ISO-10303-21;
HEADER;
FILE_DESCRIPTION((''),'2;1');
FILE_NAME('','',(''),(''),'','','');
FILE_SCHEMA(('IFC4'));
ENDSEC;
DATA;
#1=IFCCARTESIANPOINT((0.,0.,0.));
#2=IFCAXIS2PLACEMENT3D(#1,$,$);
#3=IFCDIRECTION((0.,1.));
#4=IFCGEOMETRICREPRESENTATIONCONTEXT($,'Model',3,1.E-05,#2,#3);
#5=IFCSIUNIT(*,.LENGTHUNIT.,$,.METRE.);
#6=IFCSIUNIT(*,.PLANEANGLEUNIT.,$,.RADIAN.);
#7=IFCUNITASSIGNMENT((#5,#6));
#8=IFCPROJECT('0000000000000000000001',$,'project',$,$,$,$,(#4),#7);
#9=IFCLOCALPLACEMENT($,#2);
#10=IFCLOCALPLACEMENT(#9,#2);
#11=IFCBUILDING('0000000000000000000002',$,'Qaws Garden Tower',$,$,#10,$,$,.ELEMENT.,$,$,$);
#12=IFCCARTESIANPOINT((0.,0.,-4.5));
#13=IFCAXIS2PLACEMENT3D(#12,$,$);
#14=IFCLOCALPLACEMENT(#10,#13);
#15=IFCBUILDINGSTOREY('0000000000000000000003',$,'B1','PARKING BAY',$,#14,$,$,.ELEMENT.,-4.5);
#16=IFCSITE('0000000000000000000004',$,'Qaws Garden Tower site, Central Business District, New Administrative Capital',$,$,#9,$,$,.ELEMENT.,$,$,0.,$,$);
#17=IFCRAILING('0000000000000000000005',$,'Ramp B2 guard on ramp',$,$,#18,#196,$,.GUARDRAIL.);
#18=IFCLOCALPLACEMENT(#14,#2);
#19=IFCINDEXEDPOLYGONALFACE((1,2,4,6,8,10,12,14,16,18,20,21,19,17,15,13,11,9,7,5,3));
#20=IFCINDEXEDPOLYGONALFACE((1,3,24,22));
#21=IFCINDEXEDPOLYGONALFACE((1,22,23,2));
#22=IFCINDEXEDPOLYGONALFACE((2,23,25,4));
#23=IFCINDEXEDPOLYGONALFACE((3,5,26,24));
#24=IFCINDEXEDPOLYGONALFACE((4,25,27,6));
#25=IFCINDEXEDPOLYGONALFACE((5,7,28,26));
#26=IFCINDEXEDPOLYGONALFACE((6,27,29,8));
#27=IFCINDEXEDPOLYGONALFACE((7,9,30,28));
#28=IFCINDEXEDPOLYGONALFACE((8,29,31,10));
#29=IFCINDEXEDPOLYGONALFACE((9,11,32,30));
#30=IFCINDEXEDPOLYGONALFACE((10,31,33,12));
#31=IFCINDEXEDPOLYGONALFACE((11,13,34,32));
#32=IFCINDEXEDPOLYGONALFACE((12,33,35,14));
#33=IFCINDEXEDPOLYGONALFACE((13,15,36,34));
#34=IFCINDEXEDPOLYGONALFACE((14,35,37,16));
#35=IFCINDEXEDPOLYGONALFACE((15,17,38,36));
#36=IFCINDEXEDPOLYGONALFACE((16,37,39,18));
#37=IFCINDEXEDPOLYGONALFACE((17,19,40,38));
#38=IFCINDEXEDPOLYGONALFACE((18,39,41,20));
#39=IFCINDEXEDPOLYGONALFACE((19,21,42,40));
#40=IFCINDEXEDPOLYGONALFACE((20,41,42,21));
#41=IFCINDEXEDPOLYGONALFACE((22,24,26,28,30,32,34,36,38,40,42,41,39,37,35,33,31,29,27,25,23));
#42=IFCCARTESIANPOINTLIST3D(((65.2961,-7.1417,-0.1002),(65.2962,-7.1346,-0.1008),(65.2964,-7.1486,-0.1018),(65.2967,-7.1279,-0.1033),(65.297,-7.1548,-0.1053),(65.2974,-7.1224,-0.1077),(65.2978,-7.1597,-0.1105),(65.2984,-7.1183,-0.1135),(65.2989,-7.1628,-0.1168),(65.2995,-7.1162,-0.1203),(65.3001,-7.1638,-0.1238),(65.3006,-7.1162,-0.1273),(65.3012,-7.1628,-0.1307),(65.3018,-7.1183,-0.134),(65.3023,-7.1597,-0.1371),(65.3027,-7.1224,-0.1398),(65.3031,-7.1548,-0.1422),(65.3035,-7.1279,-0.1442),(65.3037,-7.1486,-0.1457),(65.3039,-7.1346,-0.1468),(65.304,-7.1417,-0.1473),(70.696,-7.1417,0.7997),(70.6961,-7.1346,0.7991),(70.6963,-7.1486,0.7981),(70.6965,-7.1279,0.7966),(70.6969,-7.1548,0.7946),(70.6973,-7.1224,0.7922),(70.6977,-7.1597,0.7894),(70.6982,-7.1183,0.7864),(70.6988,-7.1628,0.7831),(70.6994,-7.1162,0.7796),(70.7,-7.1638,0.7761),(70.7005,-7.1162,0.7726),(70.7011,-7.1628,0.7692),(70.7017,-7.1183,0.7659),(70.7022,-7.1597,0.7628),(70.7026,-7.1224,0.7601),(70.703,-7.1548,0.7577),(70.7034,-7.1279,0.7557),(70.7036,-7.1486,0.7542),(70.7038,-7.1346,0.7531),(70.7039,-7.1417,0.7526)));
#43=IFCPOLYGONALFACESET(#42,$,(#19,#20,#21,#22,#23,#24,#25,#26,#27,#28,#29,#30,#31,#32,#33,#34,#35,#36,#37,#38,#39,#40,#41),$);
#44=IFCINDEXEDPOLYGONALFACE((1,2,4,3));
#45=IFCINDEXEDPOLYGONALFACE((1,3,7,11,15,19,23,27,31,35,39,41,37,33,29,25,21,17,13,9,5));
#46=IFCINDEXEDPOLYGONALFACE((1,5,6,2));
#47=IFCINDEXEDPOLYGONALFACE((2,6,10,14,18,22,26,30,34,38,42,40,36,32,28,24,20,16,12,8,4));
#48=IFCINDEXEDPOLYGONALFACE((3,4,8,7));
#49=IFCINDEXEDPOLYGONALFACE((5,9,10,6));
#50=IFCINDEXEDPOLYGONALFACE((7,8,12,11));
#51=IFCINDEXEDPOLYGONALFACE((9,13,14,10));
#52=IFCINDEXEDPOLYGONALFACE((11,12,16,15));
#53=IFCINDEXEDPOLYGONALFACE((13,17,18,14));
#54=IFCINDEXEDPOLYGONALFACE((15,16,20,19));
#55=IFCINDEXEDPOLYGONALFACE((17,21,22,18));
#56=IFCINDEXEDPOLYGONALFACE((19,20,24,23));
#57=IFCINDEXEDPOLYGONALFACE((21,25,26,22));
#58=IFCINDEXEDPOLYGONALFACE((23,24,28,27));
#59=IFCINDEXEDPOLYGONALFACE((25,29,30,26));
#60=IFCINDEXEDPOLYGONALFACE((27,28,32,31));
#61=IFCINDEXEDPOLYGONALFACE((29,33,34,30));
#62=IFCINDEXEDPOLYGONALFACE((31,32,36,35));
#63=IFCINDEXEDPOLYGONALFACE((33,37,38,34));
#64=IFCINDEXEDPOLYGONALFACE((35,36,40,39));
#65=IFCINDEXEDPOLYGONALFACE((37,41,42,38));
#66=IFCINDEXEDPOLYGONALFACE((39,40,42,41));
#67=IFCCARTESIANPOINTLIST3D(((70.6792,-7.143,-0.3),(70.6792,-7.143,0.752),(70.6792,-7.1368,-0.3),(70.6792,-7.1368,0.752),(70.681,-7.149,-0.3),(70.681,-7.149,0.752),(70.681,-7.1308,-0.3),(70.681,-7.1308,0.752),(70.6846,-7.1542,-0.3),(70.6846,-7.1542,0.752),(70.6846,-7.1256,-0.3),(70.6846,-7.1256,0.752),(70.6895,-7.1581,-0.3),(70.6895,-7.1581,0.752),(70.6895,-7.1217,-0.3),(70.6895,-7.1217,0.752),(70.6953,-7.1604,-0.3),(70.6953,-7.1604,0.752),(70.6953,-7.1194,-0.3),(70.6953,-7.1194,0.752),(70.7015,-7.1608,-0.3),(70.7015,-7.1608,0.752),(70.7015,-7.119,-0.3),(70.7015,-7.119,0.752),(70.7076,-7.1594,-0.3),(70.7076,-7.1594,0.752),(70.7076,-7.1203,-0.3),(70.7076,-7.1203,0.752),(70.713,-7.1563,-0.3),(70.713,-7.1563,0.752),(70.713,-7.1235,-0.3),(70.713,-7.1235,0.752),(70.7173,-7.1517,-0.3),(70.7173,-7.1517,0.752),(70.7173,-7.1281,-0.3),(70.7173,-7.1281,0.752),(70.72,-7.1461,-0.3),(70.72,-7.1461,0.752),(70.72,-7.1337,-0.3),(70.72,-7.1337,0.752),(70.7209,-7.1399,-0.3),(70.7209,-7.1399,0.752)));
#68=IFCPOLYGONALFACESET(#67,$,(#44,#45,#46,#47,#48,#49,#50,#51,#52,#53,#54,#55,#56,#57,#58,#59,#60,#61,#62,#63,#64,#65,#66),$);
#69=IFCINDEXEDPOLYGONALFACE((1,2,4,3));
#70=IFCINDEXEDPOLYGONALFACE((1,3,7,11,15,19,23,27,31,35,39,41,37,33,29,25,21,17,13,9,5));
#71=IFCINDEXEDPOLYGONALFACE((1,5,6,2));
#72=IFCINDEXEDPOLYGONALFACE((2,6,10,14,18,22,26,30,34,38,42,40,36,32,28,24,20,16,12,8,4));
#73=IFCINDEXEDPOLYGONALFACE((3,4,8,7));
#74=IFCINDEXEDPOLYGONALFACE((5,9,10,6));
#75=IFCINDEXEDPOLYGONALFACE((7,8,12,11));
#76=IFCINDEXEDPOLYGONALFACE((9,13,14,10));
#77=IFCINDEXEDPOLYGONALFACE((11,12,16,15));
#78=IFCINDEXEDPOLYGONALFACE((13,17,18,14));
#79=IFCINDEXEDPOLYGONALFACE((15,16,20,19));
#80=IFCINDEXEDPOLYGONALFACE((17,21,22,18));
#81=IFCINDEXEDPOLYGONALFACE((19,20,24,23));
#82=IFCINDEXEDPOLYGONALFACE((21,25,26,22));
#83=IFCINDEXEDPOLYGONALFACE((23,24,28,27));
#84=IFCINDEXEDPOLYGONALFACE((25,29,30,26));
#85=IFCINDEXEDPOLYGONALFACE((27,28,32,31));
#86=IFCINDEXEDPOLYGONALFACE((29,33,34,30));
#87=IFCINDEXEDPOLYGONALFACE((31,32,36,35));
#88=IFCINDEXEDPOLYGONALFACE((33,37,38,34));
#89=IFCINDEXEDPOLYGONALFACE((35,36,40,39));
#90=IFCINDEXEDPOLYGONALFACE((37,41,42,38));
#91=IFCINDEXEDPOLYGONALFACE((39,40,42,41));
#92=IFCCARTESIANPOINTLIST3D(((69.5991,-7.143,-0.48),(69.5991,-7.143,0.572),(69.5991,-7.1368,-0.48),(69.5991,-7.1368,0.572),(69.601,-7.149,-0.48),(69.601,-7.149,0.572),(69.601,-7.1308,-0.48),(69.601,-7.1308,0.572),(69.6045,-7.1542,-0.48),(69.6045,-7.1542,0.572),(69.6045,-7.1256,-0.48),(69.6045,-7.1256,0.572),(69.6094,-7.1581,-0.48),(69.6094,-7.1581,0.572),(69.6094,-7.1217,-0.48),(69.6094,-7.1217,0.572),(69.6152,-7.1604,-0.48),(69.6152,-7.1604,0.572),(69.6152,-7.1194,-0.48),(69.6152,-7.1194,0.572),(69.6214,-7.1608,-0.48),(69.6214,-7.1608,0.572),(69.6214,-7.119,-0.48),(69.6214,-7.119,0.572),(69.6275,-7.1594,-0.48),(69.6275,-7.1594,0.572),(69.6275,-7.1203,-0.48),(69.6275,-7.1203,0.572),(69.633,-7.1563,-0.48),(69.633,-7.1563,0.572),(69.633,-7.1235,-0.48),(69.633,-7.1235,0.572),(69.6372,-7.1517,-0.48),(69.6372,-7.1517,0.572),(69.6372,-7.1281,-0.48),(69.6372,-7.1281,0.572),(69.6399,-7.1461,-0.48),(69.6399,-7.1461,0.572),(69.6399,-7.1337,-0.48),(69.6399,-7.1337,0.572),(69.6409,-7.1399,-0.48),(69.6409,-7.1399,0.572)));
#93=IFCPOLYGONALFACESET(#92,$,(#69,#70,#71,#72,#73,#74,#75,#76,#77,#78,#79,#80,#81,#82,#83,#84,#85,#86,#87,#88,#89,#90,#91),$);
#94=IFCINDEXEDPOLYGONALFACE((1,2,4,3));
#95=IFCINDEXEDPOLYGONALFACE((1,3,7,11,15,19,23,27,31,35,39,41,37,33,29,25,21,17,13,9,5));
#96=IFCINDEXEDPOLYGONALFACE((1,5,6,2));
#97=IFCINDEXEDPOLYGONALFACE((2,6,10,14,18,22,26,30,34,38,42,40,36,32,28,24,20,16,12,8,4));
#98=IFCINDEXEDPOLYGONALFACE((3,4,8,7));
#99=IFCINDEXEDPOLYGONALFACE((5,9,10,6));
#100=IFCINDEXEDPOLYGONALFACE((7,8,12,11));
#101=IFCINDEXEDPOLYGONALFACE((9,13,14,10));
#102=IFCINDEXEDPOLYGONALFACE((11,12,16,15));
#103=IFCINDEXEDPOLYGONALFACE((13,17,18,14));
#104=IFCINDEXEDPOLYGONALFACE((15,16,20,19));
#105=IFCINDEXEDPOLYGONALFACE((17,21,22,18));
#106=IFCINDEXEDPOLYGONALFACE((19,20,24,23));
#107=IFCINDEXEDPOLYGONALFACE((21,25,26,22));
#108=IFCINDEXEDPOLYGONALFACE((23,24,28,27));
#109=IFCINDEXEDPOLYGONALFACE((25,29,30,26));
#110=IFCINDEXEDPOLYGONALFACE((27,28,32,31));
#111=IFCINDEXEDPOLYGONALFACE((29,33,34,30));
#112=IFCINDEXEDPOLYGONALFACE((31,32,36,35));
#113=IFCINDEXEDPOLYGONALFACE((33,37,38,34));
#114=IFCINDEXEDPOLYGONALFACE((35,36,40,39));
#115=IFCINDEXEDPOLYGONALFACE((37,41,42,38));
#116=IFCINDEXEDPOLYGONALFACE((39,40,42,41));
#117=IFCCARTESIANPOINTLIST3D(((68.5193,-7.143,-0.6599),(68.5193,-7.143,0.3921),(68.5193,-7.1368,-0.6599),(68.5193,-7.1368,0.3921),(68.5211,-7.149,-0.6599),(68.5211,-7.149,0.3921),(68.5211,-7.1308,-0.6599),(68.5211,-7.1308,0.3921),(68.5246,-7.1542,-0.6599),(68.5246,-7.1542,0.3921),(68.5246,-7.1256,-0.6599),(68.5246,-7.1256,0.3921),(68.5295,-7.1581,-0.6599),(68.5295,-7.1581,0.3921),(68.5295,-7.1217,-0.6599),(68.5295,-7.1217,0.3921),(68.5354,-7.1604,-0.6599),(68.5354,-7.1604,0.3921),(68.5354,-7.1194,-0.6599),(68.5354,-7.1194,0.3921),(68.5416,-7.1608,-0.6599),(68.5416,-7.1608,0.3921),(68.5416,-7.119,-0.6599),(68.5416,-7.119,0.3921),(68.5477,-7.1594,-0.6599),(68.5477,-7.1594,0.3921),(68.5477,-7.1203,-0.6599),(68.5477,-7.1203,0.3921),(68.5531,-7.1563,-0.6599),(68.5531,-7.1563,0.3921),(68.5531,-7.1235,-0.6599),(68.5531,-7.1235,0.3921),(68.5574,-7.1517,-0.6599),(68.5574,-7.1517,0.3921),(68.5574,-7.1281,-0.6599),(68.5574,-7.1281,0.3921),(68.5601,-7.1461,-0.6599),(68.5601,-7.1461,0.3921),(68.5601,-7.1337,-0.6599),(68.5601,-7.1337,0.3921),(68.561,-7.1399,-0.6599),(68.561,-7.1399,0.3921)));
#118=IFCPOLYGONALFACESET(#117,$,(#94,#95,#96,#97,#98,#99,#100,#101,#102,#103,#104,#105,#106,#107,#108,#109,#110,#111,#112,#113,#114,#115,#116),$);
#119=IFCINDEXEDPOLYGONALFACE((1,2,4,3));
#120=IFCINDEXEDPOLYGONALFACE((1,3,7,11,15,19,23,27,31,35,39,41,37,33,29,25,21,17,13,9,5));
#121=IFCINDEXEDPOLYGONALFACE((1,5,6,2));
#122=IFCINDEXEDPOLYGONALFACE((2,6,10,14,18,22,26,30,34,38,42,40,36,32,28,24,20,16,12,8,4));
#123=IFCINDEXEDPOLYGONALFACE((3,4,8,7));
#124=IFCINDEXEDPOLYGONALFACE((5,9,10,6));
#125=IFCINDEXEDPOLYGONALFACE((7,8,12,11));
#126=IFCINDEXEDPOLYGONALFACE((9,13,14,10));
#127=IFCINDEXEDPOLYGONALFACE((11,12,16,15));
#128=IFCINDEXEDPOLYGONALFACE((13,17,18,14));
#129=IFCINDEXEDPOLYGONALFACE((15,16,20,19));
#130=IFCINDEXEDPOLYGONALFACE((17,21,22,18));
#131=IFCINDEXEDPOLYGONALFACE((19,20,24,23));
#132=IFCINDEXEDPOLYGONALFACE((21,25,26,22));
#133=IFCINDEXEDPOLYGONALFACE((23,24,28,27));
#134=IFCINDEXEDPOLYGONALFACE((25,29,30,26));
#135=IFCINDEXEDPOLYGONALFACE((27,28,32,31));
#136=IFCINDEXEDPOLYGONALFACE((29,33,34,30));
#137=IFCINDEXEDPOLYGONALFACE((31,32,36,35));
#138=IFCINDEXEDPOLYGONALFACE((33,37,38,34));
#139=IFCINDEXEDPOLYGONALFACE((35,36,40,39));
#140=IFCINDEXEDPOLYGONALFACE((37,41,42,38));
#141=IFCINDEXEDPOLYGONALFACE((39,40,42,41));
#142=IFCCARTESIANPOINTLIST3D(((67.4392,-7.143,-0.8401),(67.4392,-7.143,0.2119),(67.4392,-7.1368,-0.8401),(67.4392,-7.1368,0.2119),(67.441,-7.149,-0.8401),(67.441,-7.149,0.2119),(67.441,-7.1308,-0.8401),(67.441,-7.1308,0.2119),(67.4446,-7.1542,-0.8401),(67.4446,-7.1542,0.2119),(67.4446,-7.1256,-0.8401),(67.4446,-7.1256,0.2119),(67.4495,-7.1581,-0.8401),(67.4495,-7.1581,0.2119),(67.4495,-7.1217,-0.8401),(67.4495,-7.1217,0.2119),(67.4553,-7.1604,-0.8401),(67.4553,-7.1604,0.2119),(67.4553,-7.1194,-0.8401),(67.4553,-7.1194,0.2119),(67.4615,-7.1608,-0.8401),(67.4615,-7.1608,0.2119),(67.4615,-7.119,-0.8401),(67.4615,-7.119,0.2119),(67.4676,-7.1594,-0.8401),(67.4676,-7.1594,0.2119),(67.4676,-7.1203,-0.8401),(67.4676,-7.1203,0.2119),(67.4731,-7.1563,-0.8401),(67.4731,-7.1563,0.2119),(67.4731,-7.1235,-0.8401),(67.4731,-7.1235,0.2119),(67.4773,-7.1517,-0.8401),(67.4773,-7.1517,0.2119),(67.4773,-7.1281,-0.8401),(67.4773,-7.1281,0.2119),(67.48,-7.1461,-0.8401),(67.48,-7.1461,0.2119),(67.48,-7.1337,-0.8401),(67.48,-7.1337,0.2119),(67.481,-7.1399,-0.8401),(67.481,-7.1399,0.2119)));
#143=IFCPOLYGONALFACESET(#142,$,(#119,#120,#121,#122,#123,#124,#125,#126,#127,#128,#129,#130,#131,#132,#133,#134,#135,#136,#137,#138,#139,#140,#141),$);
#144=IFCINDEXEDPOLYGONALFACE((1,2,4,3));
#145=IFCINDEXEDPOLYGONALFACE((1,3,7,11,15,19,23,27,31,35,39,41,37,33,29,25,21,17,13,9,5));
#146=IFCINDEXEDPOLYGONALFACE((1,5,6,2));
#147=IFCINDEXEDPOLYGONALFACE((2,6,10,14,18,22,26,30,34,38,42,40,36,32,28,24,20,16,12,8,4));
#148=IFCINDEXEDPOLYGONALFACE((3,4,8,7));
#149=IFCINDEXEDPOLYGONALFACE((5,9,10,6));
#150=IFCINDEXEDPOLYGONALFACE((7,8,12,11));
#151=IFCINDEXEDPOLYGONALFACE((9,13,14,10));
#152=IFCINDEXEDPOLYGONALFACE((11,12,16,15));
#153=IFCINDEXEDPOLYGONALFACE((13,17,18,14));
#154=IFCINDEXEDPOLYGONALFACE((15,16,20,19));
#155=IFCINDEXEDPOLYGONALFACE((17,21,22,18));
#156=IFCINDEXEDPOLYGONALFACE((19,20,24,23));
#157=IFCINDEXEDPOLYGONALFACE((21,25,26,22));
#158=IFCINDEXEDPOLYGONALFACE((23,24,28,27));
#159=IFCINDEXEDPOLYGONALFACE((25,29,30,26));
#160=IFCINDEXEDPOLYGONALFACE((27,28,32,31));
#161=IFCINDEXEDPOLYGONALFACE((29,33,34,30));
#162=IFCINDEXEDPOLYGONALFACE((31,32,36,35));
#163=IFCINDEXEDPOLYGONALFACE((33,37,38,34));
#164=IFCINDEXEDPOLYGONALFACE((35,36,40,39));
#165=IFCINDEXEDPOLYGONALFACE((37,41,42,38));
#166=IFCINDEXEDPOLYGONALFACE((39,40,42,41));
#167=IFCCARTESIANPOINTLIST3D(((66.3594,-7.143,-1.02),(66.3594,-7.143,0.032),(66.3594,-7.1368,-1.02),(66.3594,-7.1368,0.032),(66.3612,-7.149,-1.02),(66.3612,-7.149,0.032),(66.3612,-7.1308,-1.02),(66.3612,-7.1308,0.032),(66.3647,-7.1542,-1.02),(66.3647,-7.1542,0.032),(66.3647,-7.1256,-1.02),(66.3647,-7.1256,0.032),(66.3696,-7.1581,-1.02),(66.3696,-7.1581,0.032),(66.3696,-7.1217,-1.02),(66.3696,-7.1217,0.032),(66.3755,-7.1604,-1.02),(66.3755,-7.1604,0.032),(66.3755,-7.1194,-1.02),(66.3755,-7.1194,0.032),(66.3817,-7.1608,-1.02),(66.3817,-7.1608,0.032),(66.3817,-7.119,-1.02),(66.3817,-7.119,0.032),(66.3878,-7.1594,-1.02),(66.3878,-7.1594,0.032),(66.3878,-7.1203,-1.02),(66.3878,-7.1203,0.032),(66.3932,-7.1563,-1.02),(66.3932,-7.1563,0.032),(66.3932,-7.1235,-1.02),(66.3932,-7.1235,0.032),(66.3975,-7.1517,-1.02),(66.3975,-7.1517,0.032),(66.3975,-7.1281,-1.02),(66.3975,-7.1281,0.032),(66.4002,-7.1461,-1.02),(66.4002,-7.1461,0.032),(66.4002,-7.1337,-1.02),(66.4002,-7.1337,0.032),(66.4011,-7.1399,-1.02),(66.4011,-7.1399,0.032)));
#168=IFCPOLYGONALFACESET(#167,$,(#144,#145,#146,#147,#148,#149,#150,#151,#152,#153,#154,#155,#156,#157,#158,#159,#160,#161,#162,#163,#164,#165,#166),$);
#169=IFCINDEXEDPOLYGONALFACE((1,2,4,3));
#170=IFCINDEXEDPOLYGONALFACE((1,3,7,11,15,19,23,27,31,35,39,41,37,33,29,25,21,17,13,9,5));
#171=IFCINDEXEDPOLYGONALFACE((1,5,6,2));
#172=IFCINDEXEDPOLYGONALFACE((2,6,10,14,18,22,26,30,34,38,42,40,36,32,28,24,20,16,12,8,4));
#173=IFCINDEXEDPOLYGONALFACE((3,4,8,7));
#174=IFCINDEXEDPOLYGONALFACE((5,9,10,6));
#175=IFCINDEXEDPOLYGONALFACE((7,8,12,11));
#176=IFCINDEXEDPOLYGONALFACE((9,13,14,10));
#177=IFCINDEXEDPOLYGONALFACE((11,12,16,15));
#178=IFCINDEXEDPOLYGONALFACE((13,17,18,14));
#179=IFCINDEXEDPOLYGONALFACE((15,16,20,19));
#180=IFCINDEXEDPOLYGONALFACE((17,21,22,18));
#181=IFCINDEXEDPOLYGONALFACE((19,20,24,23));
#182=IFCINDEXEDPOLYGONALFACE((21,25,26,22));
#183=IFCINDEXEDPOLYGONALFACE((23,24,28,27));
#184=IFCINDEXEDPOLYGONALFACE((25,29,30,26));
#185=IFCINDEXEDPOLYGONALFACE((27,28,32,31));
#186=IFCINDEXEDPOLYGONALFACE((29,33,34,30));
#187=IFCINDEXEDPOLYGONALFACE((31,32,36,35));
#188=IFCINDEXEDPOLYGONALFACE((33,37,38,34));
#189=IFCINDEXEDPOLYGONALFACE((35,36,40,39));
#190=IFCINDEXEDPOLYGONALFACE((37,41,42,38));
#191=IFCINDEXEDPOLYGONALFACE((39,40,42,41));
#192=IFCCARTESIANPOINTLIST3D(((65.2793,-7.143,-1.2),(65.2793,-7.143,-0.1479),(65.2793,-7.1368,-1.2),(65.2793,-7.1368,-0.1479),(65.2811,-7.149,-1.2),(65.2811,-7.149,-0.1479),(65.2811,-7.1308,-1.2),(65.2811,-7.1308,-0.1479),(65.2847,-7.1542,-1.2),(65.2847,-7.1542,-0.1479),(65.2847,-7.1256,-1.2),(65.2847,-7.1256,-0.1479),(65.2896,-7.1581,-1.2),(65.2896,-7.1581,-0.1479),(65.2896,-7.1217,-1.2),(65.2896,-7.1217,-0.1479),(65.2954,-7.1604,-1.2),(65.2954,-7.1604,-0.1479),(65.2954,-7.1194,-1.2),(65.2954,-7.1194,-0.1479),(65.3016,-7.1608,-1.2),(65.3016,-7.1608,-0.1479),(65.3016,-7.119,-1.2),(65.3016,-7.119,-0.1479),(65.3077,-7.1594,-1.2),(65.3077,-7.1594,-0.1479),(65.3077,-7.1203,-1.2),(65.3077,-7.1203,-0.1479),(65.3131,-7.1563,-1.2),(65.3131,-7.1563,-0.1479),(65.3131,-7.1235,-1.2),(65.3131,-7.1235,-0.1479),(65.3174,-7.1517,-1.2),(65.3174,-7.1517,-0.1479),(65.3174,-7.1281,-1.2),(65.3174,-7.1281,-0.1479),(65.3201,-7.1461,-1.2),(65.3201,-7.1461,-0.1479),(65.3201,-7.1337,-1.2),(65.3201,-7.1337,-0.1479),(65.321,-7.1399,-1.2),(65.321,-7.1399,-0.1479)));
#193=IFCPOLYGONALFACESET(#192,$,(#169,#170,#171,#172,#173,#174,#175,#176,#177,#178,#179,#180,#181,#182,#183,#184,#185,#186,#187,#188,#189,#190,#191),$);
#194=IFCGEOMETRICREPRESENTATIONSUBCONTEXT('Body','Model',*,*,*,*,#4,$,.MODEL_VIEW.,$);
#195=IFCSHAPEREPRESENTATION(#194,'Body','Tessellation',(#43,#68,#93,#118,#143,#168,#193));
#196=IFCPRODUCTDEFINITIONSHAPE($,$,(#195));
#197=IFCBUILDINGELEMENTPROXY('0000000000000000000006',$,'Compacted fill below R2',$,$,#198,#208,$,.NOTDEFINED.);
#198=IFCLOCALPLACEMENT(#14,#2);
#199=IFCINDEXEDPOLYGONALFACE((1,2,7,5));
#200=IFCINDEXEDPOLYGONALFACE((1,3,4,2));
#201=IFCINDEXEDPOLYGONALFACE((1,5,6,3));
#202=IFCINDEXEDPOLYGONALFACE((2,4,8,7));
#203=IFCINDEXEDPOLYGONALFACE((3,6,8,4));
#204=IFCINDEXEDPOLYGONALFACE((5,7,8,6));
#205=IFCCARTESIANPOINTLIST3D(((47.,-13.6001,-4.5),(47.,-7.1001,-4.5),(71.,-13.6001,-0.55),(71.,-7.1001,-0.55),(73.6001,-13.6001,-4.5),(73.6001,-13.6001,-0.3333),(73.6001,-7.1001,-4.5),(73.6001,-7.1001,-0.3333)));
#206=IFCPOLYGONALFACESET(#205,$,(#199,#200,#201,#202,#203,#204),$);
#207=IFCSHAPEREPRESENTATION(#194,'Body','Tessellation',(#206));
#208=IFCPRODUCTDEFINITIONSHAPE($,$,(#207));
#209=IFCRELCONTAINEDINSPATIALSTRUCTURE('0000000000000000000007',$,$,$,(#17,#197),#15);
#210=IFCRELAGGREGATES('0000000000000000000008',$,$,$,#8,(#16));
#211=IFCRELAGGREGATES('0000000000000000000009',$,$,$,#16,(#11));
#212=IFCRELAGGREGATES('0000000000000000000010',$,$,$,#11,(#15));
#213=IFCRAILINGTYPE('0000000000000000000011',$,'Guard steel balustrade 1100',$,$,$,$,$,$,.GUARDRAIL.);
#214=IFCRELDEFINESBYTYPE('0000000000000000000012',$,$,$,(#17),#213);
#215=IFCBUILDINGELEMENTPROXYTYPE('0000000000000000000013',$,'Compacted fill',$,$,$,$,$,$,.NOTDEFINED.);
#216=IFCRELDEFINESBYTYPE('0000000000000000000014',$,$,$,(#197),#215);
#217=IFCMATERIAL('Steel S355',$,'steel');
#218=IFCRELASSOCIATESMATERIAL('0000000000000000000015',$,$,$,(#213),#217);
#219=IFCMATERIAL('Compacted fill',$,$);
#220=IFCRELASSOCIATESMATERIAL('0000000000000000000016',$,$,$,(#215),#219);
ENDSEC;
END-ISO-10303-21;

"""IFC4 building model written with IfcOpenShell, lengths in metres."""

from ifc_helpers import new_model, si_unit, direction, frame, origin, origin_2d, place, context, subcontext, project, spatial, polyline, circle, outline, extrude, material, type_object, element, save


model = new_model("IFC4")

# Units and contexts
model_context = context("Model", 3, precision=1e-05, world=origin(), true_north=direction((0.0, 1.0)))
body_context = subcontext(model_context, "Body", "Model", "MODEL_VIEW")
ifc_project = project(units=[si_unit("LENGTHUNIT", "METRE"), si_unit("PLANEANGLEUNIT", "RADIAN")], contexts=[model_context])

# Site, building, storey
site_placement = place(None, origin())
site = spatial("IfcSite", under=ifc_project, at=site_placement, Name="Qaws Garden Tower site, Central Business District, New Administrative Capital", CompositionType="ELEMENT", RefElevation=0.0)
building_placement = place(site_placement, origin())
building = spatial("IfcBuilding", under=site, at=building_placement, Name="Qaws Garden Tower", CompositionType="ELEMENT")
storey_placement = place(building_placement, frame((0.0, 0.0, -4.5)))
storey = spatial("IfcBuildingStorey", under=building, at=storey_placement, Name="B1", Description="PARKING BAY", CompositionType="ELEMENT", Elevation=-4.5)

# Railing
ifc_material_1 = material(Name="Steel S355", Category="steel")
railing_type = type_object("IfcRailingType", Name="Guard steel balustrade 1100", PredefinedType="GUARDRAIL", material=ifc_material_1)
railing_1_placement = place(storey_placement, frame((70.7, -7.1399, -0.3)))
element("IfcRailing", 1, at=railing_1_placement, inside=storey, type_object=railing_type, Name="Ramp B2 guard on ramp", PredefinedType="GUARDRAIL", context=body_context, shape_type="SweptSolid", body=[
    extrude(circle(Radius=0.0239, at=origin_2d()), frame((0.0, 0.0, 1.0762), z_axis=(-0.986396, 0.0, -0.164385), x_axis=(0.0, -1.0, 0.0)), (0.0, 0.0, 1.0), 5.4744),
    extrude(circle(Radius=0.021, at=origin_2d()), origin(), (0.0, 0.0, 1.0), 1.052),
    extrude(circle(Radius=0.021, at=origin_2d()), frame((-1.0801, 0.0, -0.1799)), (0.0, 0.0, 1.0), 1.052),
    extrude(circle(Radius=0.021, at=origin_2d()), frame((-2.1599, 0.0, -0.3599)), (0.0, 0.0, 1.0), 1.052),
    extrude(circle(Radius=0.021, at=origin_2d()), frame((-3.24, 0.0, -0.54)), (0.0, 0.0, 1.0), 1.052),
    extrude(circle(Radius=0.021, at=origin_2d()), frame((-4.3198, 0.0, -0.72)), (0.0, 0.0, 1.0), 1.052),
    extrude(circle(Radius=0.021, at=origin_2d()), frame((-5.3999, 0.0, -0.8999)), (0.0, 0.0, 1.0), 1.052),
])

# Building element proxy
ifc_material_2 = material(Name="Compacted fill")
building_element_proxy_type = type_object("IfcBuildingElementProxyType", Name="Compacted fill", PredefinedType="NOTDEFINED", material=ifc_material_2)
proxy_placement = place(storey_placement, frame((73.6001, -10.3501, -4.5), z_axis=(0.0, 0.0, 1.0), x_axis=(-1.0, 0.0, 0.0)))
element("IfcBuildingElementProxy", 2, at=proxy_placement, inside=storey, type_object=building_element_proxy_type, Name="Compacted fill below R2", PredefinedType="NOTDEFINED", context=body_context, shape_type="SweptSolid", body=[
    extrude(outline(polyline([(0.0, 0.0), (26.6001, 0.0), (2.6001, 3.95), (0.0, 4.1667), (0.0, 0.0)])), frame((0.0, 3.25, 0.0), z_axis=(0.0, -1.0, 0.0), x_axis=(1.0, 0.0, 0.0)), (0.0, 0.0, 1.0), 6.5),
])

save(model, "model.ifc")
